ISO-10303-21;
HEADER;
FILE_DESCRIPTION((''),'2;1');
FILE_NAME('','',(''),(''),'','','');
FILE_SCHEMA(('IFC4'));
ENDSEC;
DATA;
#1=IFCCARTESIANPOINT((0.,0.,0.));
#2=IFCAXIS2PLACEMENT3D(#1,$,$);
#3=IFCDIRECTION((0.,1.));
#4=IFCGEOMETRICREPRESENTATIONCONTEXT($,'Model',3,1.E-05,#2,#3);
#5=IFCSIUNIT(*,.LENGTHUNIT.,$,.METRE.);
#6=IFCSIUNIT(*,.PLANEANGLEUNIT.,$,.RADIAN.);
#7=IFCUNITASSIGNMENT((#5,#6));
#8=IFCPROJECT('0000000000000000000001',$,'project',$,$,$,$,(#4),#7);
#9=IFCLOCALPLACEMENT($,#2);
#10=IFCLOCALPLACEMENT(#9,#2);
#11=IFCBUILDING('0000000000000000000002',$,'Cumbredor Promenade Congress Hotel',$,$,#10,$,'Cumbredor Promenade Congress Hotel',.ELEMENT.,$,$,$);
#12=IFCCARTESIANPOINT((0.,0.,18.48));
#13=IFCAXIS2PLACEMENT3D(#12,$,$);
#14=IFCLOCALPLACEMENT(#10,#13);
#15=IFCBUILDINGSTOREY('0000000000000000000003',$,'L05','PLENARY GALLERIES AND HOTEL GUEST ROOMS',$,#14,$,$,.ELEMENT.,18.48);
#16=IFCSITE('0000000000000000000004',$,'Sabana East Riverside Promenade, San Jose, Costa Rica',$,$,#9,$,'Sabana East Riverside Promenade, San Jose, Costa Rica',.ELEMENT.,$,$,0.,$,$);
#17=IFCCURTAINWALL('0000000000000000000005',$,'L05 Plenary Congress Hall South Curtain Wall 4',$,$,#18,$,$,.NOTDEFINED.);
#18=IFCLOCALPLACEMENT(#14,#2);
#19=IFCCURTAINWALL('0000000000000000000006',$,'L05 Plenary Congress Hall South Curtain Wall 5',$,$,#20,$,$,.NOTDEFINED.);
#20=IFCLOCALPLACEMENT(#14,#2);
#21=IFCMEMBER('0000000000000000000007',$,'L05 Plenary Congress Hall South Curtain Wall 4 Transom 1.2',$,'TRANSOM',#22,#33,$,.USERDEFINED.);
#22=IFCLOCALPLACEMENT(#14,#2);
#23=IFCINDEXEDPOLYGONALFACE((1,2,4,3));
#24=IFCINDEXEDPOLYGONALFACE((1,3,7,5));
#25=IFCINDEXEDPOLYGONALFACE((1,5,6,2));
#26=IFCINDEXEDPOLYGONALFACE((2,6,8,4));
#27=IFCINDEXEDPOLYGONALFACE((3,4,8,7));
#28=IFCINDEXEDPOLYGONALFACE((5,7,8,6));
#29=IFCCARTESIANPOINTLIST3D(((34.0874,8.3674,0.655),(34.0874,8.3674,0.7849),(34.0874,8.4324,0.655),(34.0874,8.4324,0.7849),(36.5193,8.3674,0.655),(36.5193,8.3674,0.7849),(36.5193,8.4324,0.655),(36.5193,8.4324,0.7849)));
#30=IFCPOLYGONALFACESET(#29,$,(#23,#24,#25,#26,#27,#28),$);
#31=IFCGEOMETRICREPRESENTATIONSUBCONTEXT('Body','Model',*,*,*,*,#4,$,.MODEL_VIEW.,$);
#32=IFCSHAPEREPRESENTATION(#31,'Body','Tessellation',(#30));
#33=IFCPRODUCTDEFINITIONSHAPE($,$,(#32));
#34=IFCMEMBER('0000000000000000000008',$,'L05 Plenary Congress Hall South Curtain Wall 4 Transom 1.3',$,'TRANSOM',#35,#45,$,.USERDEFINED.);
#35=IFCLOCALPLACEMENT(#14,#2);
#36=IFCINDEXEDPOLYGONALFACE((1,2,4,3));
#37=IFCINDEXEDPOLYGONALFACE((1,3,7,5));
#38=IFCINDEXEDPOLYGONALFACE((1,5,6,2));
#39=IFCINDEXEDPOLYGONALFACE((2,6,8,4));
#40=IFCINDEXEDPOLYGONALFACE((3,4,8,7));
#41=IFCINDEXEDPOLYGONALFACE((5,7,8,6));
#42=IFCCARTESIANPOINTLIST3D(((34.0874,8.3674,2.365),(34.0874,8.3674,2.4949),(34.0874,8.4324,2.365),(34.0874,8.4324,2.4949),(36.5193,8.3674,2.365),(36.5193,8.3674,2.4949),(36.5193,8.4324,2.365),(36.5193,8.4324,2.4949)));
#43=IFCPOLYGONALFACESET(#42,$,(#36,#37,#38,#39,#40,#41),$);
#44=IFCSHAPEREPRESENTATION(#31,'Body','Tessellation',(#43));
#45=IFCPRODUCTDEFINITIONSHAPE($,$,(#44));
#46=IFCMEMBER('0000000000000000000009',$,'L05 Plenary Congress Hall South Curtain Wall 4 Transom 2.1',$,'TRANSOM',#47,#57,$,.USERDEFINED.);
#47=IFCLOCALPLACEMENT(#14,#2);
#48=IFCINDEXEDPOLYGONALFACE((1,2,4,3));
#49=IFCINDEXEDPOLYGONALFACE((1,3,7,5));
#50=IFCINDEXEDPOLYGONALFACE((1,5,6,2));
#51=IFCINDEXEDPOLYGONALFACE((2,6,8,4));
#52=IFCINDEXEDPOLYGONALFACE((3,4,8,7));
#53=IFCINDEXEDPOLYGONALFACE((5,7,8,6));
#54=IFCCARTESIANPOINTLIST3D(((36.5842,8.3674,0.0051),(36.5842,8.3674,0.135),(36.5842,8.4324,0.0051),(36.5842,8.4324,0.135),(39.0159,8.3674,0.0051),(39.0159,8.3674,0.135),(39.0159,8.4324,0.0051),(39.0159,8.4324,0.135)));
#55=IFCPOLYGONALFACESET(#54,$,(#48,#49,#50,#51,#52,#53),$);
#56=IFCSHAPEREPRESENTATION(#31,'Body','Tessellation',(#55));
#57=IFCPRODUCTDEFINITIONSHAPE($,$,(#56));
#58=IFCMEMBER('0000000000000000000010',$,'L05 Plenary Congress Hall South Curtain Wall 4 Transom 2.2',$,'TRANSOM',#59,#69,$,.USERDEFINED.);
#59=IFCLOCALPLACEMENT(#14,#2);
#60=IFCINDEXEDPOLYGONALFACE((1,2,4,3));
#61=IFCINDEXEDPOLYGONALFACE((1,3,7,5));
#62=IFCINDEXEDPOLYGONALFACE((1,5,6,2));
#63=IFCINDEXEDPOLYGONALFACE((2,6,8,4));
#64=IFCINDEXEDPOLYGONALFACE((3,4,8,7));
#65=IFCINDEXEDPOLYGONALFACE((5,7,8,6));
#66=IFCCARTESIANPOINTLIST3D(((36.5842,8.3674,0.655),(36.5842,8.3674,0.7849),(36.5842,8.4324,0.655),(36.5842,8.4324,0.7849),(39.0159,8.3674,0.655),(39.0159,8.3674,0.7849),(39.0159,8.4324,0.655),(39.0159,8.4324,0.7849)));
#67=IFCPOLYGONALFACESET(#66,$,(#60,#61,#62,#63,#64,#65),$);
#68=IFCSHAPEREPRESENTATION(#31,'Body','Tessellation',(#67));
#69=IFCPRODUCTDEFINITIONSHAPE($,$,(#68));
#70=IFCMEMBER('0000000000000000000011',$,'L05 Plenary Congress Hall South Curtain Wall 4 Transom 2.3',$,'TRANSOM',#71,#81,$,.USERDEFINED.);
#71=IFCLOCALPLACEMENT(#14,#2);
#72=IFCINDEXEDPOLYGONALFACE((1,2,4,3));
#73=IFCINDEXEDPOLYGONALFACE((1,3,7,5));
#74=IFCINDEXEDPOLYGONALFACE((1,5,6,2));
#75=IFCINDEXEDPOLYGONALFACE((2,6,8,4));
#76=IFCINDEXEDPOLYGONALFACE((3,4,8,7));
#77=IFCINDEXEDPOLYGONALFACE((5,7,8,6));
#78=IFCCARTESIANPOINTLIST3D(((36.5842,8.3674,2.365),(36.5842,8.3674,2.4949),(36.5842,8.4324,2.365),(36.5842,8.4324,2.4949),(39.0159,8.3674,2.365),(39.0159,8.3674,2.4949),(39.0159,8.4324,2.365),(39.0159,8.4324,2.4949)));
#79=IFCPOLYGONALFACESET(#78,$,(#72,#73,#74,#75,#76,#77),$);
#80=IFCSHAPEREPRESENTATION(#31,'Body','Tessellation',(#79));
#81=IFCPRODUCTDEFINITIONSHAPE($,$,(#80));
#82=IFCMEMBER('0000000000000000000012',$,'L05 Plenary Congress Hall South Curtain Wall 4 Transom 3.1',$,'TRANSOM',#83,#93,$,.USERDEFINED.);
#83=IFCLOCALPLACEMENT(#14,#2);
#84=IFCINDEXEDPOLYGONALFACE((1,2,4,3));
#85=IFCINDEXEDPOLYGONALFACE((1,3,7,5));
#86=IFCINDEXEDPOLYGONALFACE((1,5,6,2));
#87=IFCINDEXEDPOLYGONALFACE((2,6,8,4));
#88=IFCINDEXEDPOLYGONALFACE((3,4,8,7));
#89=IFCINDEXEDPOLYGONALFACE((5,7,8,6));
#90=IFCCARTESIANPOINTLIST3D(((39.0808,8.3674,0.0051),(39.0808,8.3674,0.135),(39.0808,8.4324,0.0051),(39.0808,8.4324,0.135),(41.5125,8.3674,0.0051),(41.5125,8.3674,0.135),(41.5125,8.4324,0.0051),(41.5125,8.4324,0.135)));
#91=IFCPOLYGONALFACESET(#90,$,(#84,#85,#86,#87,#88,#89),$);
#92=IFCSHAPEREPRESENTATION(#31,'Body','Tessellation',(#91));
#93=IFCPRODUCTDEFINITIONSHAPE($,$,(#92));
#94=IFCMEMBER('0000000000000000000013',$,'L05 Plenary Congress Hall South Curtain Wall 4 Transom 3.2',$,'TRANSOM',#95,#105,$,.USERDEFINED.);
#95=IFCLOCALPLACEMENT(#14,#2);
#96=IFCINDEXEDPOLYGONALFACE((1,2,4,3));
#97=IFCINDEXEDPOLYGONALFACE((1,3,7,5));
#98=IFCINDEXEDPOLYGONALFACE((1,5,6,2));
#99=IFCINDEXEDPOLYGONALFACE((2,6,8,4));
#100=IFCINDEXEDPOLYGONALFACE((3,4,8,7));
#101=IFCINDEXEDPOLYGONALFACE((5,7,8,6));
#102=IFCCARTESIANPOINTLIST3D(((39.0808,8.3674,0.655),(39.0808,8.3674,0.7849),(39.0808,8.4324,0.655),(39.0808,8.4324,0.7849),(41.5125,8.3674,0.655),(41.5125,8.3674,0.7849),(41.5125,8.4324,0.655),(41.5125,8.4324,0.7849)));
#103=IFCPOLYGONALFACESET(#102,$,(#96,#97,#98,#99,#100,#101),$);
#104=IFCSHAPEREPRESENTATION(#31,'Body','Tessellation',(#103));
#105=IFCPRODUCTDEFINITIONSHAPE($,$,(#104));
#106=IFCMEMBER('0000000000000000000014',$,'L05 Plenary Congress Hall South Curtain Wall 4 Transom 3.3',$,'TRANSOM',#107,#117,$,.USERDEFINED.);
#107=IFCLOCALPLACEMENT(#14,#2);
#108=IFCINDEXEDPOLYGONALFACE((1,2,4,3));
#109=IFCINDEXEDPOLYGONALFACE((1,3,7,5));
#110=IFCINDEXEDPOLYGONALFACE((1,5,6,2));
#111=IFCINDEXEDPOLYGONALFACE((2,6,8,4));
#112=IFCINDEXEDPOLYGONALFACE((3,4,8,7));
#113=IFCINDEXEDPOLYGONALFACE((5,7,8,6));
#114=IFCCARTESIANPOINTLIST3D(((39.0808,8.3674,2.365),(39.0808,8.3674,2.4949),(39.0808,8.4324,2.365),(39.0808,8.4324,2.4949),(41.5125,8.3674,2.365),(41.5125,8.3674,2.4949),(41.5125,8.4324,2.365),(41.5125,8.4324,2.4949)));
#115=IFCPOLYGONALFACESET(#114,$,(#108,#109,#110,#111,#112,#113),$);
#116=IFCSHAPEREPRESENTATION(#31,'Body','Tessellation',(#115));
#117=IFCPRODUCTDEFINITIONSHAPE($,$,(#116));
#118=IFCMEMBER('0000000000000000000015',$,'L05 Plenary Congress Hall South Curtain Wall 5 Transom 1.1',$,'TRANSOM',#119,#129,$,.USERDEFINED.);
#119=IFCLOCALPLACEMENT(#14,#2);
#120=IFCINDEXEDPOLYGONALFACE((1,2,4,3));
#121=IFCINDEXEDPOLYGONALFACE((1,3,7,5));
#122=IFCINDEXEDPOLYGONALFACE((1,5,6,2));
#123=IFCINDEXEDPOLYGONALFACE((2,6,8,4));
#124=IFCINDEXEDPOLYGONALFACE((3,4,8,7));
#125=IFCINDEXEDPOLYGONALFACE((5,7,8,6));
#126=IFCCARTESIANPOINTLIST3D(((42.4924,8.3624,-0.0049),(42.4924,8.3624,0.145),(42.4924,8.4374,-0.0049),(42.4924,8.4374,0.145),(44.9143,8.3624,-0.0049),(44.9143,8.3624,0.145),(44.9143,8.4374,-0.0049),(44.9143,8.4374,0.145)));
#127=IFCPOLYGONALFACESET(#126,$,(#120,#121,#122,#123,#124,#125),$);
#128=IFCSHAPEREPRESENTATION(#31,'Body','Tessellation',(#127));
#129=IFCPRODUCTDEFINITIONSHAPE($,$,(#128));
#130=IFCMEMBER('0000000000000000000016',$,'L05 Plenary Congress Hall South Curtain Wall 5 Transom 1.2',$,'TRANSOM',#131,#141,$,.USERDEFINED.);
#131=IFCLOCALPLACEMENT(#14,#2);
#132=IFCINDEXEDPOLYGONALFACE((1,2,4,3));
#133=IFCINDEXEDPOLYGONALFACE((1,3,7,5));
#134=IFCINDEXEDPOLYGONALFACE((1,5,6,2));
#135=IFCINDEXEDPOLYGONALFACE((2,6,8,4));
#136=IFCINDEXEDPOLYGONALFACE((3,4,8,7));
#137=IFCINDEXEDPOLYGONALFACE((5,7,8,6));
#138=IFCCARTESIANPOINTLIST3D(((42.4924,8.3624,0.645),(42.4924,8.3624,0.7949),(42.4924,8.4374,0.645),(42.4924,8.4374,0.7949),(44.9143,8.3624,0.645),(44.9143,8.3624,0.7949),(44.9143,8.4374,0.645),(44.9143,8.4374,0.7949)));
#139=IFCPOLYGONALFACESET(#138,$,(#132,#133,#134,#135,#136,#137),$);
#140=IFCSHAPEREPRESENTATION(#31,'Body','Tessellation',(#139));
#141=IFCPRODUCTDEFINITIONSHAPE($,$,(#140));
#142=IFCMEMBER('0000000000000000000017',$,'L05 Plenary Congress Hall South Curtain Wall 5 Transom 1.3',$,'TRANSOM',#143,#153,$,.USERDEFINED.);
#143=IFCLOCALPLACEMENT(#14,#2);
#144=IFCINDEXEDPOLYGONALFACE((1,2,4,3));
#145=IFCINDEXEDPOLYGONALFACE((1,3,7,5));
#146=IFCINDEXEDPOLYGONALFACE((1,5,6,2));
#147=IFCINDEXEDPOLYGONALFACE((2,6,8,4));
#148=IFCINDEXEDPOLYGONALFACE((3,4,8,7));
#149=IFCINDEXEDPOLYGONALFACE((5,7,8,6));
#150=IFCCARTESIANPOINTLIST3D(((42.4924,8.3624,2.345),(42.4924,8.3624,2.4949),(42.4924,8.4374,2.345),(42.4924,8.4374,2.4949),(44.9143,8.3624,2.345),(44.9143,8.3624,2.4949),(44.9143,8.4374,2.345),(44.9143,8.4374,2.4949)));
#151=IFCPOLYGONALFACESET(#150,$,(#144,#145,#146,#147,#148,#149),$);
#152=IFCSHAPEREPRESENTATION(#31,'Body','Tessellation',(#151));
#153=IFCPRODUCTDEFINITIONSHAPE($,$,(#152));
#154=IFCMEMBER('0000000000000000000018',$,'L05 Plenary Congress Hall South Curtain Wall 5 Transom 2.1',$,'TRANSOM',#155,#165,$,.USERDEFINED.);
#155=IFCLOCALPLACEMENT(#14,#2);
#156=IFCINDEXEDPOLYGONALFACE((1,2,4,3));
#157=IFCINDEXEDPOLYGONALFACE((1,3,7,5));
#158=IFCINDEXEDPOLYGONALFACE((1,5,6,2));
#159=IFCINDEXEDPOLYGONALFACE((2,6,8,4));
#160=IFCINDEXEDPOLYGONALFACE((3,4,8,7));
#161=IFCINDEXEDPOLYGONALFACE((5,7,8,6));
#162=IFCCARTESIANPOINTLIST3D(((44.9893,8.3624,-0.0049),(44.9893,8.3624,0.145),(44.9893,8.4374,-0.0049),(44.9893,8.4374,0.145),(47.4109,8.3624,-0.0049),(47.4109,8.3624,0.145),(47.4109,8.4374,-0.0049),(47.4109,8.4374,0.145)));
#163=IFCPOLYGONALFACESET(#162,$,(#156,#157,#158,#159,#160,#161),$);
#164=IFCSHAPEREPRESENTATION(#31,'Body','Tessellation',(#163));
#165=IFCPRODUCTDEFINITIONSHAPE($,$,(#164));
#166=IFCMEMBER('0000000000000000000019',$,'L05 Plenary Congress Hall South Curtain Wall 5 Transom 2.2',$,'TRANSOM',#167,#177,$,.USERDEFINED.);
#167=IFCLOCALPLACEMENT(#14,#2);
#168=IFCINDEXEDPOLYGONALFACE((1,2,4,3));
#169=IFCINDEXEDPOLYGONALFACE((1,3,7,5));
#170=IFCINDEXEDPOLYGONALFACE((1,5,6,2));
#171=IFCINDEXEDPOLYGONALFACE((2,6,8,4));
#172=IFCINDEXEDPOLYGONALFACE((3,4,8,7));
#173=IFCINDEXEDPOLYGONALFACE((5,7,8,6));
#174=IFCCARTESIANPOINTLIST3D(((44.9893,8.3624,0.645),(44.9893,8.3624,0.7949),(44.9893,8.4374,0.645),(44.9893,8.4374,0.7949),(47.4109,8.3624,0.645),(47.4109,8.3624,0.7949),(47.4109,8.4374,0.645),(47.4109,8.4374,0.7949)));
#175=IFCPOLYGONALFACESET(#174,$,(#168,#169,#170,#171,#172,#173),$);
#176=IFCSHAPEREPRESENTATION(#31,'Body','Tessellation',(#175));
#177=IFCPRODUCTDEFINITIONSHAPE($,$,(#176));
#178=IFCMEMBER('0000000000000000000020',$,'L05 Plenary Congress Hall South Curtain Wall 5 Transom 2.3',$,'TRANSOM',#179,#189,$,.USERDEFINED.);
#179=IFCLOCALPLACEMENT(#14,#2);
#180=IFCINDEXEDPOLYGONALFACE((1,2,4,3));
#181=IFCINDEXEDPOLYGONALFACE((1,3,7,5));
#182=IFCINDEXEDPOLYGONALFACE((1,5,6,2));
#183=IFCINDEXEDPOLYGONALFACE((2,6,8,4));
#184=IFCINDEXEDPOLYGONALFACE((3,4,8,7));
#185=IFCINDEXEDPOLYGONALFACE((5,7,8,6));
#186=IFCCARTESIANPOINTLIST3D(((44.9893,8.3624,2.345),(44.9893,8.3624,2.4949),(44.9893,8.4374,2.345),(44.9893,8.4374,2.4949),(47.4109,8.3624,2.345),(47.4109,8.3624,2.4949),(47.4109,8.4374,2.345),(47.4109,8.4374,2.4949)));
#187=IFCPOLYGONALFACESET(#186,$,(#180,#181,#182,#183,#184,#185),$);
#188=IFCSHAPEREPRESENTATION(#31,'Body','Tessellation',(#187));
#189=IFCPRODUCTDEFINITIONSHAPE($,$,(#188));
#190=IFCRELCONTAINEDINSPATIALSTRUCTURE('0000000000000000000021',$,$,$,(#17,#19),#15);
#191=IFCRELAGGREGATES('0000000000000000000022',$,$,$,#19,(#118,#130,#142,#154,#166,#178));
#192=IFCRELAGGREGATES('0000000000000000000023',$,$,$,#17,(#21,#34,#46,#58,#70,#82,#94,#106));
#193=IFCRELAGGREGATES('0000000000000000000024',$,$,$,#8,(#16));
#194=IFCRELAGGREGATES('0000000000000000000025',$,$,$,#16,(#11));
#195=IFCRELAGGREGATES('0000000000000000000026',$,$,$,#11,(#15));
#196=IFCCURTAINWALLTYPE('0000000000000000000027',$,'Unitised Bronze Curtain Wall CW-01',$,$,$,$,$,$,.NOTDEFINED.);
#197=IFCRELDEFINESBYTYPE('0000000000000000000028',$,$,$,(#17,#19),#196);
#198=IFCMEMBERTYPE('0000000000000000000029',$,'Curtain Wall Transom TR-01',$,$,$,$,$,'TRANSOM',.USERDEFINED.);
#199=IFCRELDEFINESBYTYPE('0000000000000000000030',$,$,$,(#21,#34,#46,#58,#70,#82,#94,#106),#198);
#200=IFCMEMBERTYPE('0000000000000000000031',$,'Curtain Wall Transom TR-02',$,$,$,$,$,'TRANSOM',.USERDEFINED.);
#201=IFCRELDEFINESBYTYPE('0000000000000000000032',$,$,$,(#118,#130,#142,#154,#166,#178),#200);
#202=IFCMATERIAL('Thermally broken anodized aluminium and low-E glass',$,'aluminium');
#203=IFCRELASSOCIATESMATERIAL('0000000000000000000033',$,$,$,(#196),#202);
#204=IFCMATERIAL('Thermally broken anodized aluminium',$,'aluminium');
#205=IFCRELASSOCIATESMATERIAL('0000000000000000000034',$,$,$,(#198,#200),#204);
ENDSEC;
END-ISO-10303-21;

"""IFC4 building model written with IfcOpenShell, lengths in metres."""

from ifc_helpers import new_model, si_unit, direction, frame, origin, origin_2d, place, context, subcontext, project, spatial, rectangle, extrude, material, material_profile, profile_set, type_object, element, aggregate, save


model = new_model("IFC4")

# Units and contexts
model_context = context("Model", 3, precision=1e-05, world=origin(), true_north=direction((0.0, 1.0)))
body_context = subcontext(model_context, "Body", "Model", "MODEL_VIEW")
ifc_project = project(units=[si_unit("LENGTHUNIT", "METRE"), si_unit("PLANEANGLEUNIT", "RADIAN")], contexts=[model_context])

# Site, building, storey
site_placement = place(None, origin())
site = spatial("IfcSite", under=ifc_project, at=site_placement, Name="Sabana East Riverside Promenade, San Jose, Costa Rica", LongName="Sabana East Riverside Promenade, San Jose, Costa Rica", CompositionType="ELEMENT", RefElevation=0.0)
building_placement = place(site_placement, origin())
building = spatial("IfcBuilding", under=site, at=building_placement, Name="Cumbredor Promenade Congress Hotel", LongName="Cumbredor Promenade Congress Hotel", CompositionType="ELEMENT")
storey_placement = place(building_placement, frame((0.0, 0.0, 18.48)))
storey = spatial("IfcBuildingStorey", under=building, at=storey_placement, Name="L05", Description="PLENARY GALLERIES AND HOTEL GUEST ROOMS", CompositionType="ELEMENT", Elevation=18.48)

# Curtain walls
ifc_material_1 = material(Name="Thermally broken anodized aluminium and low-E glass", Category="aluminium")
curtain_wall_type = type_object("IfcCurtainWallType", Name="Unitised Bronze Curtain Wall CW-01", PredefinedType="NOTDEFINED", material=ifc_material_1)
curtain_wall_1_placement = place(storey_placement, origin())
curtain_wall_1 = element("IfcCurtainWall", 1, at=curtain_wall_1_placement, inside=storey, type_object=curtain_wall_type, Name="L05 Plenary Congress Hall South Curtain Wall 4", PredefinedType="NOTDEFINED")
ifc_material_2 = material(Name="Thermally broken anodized aluminium", Category="aluminium")
curtain_wall_2_placement = place(storey_placement, origin())
curtain_wall_2 = element("IfcCurtainWall", 2, at=curtain_wall_2_placement, inside=storey, type_object=curtain_wall_type, Name="L05 Plenary Congress Hall South Curtain Wall 5", PredefinedType="NOTDEFINED")

# Members
ifc_material_profile_1 = material_profile(ifc_material_2, rectangle(XDim=0.0649, YDim=0.1299, at=origin_2d()), Name="ALU TRANSOM 65x130")
ifc_profile_set_1 = profile_set([ifc_material_profile_1], Name="Thermally broken anodized aluminium")
member_type_1 = type_object("IfcMemberType", Name="Curtain Wall Transom TR-01", ElementType="TRANSOM", PredefinedType="USERDEFINED", material=ifc_profile_set_1)
member_1_placement = place(storey_placement, frame((34.0874, 8.3999, 0.72), z_axis=(1.0, 0.0, 0.0), x_axis=(0.0, 1.0, 0.0)))
member_1 = element("IfcMember", 3, at=member_1_placement, type_object=member_type_1, Name="L05 Plenary Congress Hall South Curtain Wall 4 Transom 1.2", ObjectType="TRANSOM", PredefinedType="USERDEFINED", context=body_context, shape_type="SweptSolid", body=[
    extrude(rectangle(XDim=0.0649, YDim=0.1299, at=origin_2d()), origin(), (0.0, 0.0, 1.0), 2.4319),
])
member_2_placement = place(storey_placement, frame((34.0874, 8.3999, 2.4299), z_axis=(1.0, 0.0, 0.0), x_axis=(0.0, 1.0, 0.0)))
member_2 = element("IfcMember", 4, at=member_2_placement, type_object=member_type_1, Name="L05 Plenary Congress Hall South Curtain Wall 4 Transom 1.3", ObjectType="TRANSOM", PredefinedType="USERDEFINED", context=body_context, shape_type="SweptSolid", body=[
    extrude(rectangle(XDim=0.0649, YDim=0.1299, at=origin_2d()), origin(), (0.0, 0.0, 1.0), 2.4319),
])
member_3_placement = place(storey_placement, frame((36.5842, 8.3999, 0.0701), z_axis=(1.0, 0.0, 0.0), x_axis=(0.0, 1.0, 0.0)))
member_3 = element("IfcMember", 5, at=member_3_placement, type_object=member_type_1, Name="L05 Plenary Congress Hall South Curtain Wall 4 Transom 2.1", ObjectType="TRANSOM", PredefinedType="USERDEFINED", context=body_context, shape_type="SweptSolid", body=[
    extrude(rectangle(XDim=0.0649, YDim=0.1299, at=origin_2d()), origin(), (0.0, 0.0, 1.0), 2.4316),
])
member_4_placement = place(storey_placement, frame((36.5842, 8.3999, 0.72), z_axis=(1.0, 0.0, 0.0), x_axis=(0.0, 1.0, 0.0)))
member_4 = element("IfcMember", 6, at=member_4_placement, type_object=member_type_1, Name="L05 Plenary Congress Hall South Curtain Wall 4 Transom 2.2", ObjectType="TRANSOM", PredefinedType="USERDEFINED", context=body_context, shape_type="SweptSolid", body=[
    extrude(rectangle(XDim=0.0649, YDim=0.1299, at=origin_2d()), origin(), (0.0, 0.0, 1.0), 2.4316),
])
member_5_placement = place(storey_placement, frame((36.5842, 8.3999, 2.4299), z_axis=(1.0, 0.0, 0.0), x_axis=(0.0, 1.0, 0.0)))
member_5 = element("IfcMember", 7, at=member_5_placement, type_object=member_type_1, Name="L05 Plenary Congress Hall South Curtain Wall 4 Transom 2.3", ObjectType="TRANSOM", PredefinedType="USERDEFINED", context=body_context, shape_type="SweptSolid", body=[
    extrude(rectangle(XDim=0.0649, YDim=0.1299, at=origin_2d()), origin(), (0.0, 0.0, 1.0), 2.4316),
])
member_6_placement = place(storey_placement, frame((39.0808, 8.3999, 0.0701), z_axis=(1.0, 0.0, 0.0), x_axis=(0.0, 1.0, 0.0)))
member_6 = element("IfcMember", 8, at=member_6_placement, type_object=member_type_1, Name="L05 Plenary Congress Hall South Curtain Wall 4 Transom 3.1", ObjectType="TRANSOM", PredefinedType="USERDEFINED", context=body_context, shape_type="SweptSolid", body=[
    extrude(rectangle(XDim=0.0649, YDim=0.1299, at=origin_2d()), origin(), (0.0, 0.0, 1.0), 2.4316),
])
member_7_placement = place(storey_placement, frame((39.0808, 8.3999, 0.72), z_axis=(1.0, 0.0, 0.0), x_axis=(0.0, 1.0, 0.0)))
member_7 = element("IfcMember", 9, at=member_7_placement, type_object=member_type_1, Name="L05 Plenary Congress Hall South Curtain Wall 4 Transom 3.2", ObjectType="TRANSOM", PredefinedType="USERDEFINED", context=body_context, shape_type="SweptSolid", body=[
    extrude(rectangle(XDim=0.0649, YDim=0.1299, at=origin_2d()), origin(), (0.0, 0.0, 1.0), 2.4316),
])
member_8_placement = place(storey_placement, frame((39.0808, 8.3999, 2.4299), z_axis=(1.0, 0.0, 0.0), x_axis=(0.0, 1.0, 0.0)))
member_8 = element("IfcMember", 10, at=member_8_placement, type_object=member_type_1, Name="L05 Plenary Congress Hall South Curtain Wall 4 Transom 3.3", ObjectType="TRANSOM", PredefinedType="USERDEFINED", context=body_context, shape_type="SweptSolid", body=[
    extrude(rectangle(XDim=0.0649, YDim=0.1299, at=origin_2d()), origin(), (0.0, 0.0, 1.0), 2.4316),
])
ifc_material_profile_2 = material_profile(ifc_material_2, rectangle(XDim=0.075, YDim=0.1499, at=origin_2d()), Name="ALU TRANSOM 75x150")
ifc_profile_set_2 = profile_set([ifc_material_profile_2], Name="Thermally broken anodized aluminium")
member_type_2 = type_object("IfcMemberType", Name="Curtain Wall Transom TR-02", ElementType="TRANSOM", PredefinedType="USERDEFINED", material=ifc_profile_set_2)
member_9_placement = place(storey_placement, frame((42.4924, 8.3999, 0.0701), z_axis=(1.0, 0.0, 0.0), x_axis=(0.0, 1.0, 0.0)))
member_9 = element("IfcMember", 11, at=member_9_placement, type_object=member_type_2, Name="L05 Plenary Congress Hall South Curtain Wall 5 Transom 1.1", ObjectType="TRANSOM", PredefinedType="USERDEFINED", context=body_context, shape_type="SweptSolid", body=[
    extrude(rectangle(XDim=0.075, YDim=0.1499, at=origin_2d()), origin(), (0.0, 0.0, 1.0), 2.4219),
])
member_10_placement = place(storey_placement, frame((42.4924, 8.3999, 0.72), z_axis=(1.0, 0.0, 0.0), x_axis=(0.0, 1.0, 0.0)))
member_10 = element("IfcMember", 12, at=member_10_placement, type_object=member_type_2, Name="L05 Plenary Congress Hall South Curtain Wall 5 Transom 1.2", ObjectType="TRANSOM", PredefinedType="USERDEFINED", context=body_context, shape_type="SweptSolid", body=[
    extrude(rectangle(XDim=0.075, YDim=0.1499, at=origin_2d()), origin(), (0.0, 0.0, 1.0), 2.4219),
])
member_11_placement = place(storey_placement, frame((42.4924, 8.3999, 2.4199), z_axis=(1.0, 0.0, 0.0), x_axis=(0.0, 1.0, 0.0)))
member_11 = element("IfcMember", 13, at=member_11_placement, type_object=member_type_2, Name="L05 Plenary Congress Hall South Curtain Wall 5 Transom 1.3", ObjectType="TRANSOM", PredefinedType="USERDEFINED", context=body_context, shape_type="SweptSolid", body=[
    extrude(rectangle(XDim=0.075, YDim=0.1499, at=origin_2d()), origin(), (0.0, 0.0, 1.0), 2.4219),
])
member_12_placement = place(storey_placement, frame((44.9893, 8.3999, 0.0701), z_axis=(1.0, 0.0, 0.0), x_axis=(0.0, 1.0, 0.0)))
member_12 = element("IfcMember", 14, at=member_12_placement, type_object=member_type_2, Name="L05 Plenary Congress Hall South Curtain Wall 5 Transom 2.1", ObjectType="TRANSOM", PredefinedType="USERDEFINED", context=body_context, shape_type="SweptSolid", body=[
    extrude(rectangle(XDim=0.075, YDim=0.1499, at=origin_2d()), origin(), (0.0, 0.0, 1.0), 2.4216),
])
member_13_placement = place(storey_placement, frame((44.9893, 8.3999, 0.72), z_axis=(1.0, 0.0, 0.0), x_axis=(0.0, 1.0, 0.0)))
member_13 = element("IfcMember", 15, at=member_13_placement, type_object=member_type_2, Name="L05 Plenary Congress Hall South Curtain Wall 5 Transom 2.2", ObjectType="TRANSOM", PredefinedType="USERDEFINED", context=body_context, shape_type="SweptSolid", body=[
    extrude(rectangle(XDim=0.075, YDim=0.1499, at=origin_2d()), origin(), (0.0, 0.0, 1.0), 2.4216),
])
member_14_placement = place(storey_placement, frame((44.9893, 8.3999, 2.4199), z_axis=(1.0, 0.0, 0.0), x_axis=(0.0, 1.0, 0.0)))
member_14 = element("IfcMember", 16, at=member_14_placement, type_object=member_type_2, Name="L05 Plenary Congress Hall South Curtain Wall 5 Transom 2.3", ObjectType="TRANSOM", PredefinedType="USERDEFINED", context=body_context, shape_type="SweptSolid", body=[
    extrude(rectangle(XDim=0.075, YDim=0.1499, at=origin_2d()), origin(), (0.0, 0.0, 1.0), 2.4216),
])

aggregate(curtain_wall_2, [member_9, member_10, member_11, member_12, member_13, member_14])
aggregate(curtain_wall_1, [member_1, member_2, member_3, member_4, member_5, member_6, member_7, member_8])

save(model, "model.ifc")
